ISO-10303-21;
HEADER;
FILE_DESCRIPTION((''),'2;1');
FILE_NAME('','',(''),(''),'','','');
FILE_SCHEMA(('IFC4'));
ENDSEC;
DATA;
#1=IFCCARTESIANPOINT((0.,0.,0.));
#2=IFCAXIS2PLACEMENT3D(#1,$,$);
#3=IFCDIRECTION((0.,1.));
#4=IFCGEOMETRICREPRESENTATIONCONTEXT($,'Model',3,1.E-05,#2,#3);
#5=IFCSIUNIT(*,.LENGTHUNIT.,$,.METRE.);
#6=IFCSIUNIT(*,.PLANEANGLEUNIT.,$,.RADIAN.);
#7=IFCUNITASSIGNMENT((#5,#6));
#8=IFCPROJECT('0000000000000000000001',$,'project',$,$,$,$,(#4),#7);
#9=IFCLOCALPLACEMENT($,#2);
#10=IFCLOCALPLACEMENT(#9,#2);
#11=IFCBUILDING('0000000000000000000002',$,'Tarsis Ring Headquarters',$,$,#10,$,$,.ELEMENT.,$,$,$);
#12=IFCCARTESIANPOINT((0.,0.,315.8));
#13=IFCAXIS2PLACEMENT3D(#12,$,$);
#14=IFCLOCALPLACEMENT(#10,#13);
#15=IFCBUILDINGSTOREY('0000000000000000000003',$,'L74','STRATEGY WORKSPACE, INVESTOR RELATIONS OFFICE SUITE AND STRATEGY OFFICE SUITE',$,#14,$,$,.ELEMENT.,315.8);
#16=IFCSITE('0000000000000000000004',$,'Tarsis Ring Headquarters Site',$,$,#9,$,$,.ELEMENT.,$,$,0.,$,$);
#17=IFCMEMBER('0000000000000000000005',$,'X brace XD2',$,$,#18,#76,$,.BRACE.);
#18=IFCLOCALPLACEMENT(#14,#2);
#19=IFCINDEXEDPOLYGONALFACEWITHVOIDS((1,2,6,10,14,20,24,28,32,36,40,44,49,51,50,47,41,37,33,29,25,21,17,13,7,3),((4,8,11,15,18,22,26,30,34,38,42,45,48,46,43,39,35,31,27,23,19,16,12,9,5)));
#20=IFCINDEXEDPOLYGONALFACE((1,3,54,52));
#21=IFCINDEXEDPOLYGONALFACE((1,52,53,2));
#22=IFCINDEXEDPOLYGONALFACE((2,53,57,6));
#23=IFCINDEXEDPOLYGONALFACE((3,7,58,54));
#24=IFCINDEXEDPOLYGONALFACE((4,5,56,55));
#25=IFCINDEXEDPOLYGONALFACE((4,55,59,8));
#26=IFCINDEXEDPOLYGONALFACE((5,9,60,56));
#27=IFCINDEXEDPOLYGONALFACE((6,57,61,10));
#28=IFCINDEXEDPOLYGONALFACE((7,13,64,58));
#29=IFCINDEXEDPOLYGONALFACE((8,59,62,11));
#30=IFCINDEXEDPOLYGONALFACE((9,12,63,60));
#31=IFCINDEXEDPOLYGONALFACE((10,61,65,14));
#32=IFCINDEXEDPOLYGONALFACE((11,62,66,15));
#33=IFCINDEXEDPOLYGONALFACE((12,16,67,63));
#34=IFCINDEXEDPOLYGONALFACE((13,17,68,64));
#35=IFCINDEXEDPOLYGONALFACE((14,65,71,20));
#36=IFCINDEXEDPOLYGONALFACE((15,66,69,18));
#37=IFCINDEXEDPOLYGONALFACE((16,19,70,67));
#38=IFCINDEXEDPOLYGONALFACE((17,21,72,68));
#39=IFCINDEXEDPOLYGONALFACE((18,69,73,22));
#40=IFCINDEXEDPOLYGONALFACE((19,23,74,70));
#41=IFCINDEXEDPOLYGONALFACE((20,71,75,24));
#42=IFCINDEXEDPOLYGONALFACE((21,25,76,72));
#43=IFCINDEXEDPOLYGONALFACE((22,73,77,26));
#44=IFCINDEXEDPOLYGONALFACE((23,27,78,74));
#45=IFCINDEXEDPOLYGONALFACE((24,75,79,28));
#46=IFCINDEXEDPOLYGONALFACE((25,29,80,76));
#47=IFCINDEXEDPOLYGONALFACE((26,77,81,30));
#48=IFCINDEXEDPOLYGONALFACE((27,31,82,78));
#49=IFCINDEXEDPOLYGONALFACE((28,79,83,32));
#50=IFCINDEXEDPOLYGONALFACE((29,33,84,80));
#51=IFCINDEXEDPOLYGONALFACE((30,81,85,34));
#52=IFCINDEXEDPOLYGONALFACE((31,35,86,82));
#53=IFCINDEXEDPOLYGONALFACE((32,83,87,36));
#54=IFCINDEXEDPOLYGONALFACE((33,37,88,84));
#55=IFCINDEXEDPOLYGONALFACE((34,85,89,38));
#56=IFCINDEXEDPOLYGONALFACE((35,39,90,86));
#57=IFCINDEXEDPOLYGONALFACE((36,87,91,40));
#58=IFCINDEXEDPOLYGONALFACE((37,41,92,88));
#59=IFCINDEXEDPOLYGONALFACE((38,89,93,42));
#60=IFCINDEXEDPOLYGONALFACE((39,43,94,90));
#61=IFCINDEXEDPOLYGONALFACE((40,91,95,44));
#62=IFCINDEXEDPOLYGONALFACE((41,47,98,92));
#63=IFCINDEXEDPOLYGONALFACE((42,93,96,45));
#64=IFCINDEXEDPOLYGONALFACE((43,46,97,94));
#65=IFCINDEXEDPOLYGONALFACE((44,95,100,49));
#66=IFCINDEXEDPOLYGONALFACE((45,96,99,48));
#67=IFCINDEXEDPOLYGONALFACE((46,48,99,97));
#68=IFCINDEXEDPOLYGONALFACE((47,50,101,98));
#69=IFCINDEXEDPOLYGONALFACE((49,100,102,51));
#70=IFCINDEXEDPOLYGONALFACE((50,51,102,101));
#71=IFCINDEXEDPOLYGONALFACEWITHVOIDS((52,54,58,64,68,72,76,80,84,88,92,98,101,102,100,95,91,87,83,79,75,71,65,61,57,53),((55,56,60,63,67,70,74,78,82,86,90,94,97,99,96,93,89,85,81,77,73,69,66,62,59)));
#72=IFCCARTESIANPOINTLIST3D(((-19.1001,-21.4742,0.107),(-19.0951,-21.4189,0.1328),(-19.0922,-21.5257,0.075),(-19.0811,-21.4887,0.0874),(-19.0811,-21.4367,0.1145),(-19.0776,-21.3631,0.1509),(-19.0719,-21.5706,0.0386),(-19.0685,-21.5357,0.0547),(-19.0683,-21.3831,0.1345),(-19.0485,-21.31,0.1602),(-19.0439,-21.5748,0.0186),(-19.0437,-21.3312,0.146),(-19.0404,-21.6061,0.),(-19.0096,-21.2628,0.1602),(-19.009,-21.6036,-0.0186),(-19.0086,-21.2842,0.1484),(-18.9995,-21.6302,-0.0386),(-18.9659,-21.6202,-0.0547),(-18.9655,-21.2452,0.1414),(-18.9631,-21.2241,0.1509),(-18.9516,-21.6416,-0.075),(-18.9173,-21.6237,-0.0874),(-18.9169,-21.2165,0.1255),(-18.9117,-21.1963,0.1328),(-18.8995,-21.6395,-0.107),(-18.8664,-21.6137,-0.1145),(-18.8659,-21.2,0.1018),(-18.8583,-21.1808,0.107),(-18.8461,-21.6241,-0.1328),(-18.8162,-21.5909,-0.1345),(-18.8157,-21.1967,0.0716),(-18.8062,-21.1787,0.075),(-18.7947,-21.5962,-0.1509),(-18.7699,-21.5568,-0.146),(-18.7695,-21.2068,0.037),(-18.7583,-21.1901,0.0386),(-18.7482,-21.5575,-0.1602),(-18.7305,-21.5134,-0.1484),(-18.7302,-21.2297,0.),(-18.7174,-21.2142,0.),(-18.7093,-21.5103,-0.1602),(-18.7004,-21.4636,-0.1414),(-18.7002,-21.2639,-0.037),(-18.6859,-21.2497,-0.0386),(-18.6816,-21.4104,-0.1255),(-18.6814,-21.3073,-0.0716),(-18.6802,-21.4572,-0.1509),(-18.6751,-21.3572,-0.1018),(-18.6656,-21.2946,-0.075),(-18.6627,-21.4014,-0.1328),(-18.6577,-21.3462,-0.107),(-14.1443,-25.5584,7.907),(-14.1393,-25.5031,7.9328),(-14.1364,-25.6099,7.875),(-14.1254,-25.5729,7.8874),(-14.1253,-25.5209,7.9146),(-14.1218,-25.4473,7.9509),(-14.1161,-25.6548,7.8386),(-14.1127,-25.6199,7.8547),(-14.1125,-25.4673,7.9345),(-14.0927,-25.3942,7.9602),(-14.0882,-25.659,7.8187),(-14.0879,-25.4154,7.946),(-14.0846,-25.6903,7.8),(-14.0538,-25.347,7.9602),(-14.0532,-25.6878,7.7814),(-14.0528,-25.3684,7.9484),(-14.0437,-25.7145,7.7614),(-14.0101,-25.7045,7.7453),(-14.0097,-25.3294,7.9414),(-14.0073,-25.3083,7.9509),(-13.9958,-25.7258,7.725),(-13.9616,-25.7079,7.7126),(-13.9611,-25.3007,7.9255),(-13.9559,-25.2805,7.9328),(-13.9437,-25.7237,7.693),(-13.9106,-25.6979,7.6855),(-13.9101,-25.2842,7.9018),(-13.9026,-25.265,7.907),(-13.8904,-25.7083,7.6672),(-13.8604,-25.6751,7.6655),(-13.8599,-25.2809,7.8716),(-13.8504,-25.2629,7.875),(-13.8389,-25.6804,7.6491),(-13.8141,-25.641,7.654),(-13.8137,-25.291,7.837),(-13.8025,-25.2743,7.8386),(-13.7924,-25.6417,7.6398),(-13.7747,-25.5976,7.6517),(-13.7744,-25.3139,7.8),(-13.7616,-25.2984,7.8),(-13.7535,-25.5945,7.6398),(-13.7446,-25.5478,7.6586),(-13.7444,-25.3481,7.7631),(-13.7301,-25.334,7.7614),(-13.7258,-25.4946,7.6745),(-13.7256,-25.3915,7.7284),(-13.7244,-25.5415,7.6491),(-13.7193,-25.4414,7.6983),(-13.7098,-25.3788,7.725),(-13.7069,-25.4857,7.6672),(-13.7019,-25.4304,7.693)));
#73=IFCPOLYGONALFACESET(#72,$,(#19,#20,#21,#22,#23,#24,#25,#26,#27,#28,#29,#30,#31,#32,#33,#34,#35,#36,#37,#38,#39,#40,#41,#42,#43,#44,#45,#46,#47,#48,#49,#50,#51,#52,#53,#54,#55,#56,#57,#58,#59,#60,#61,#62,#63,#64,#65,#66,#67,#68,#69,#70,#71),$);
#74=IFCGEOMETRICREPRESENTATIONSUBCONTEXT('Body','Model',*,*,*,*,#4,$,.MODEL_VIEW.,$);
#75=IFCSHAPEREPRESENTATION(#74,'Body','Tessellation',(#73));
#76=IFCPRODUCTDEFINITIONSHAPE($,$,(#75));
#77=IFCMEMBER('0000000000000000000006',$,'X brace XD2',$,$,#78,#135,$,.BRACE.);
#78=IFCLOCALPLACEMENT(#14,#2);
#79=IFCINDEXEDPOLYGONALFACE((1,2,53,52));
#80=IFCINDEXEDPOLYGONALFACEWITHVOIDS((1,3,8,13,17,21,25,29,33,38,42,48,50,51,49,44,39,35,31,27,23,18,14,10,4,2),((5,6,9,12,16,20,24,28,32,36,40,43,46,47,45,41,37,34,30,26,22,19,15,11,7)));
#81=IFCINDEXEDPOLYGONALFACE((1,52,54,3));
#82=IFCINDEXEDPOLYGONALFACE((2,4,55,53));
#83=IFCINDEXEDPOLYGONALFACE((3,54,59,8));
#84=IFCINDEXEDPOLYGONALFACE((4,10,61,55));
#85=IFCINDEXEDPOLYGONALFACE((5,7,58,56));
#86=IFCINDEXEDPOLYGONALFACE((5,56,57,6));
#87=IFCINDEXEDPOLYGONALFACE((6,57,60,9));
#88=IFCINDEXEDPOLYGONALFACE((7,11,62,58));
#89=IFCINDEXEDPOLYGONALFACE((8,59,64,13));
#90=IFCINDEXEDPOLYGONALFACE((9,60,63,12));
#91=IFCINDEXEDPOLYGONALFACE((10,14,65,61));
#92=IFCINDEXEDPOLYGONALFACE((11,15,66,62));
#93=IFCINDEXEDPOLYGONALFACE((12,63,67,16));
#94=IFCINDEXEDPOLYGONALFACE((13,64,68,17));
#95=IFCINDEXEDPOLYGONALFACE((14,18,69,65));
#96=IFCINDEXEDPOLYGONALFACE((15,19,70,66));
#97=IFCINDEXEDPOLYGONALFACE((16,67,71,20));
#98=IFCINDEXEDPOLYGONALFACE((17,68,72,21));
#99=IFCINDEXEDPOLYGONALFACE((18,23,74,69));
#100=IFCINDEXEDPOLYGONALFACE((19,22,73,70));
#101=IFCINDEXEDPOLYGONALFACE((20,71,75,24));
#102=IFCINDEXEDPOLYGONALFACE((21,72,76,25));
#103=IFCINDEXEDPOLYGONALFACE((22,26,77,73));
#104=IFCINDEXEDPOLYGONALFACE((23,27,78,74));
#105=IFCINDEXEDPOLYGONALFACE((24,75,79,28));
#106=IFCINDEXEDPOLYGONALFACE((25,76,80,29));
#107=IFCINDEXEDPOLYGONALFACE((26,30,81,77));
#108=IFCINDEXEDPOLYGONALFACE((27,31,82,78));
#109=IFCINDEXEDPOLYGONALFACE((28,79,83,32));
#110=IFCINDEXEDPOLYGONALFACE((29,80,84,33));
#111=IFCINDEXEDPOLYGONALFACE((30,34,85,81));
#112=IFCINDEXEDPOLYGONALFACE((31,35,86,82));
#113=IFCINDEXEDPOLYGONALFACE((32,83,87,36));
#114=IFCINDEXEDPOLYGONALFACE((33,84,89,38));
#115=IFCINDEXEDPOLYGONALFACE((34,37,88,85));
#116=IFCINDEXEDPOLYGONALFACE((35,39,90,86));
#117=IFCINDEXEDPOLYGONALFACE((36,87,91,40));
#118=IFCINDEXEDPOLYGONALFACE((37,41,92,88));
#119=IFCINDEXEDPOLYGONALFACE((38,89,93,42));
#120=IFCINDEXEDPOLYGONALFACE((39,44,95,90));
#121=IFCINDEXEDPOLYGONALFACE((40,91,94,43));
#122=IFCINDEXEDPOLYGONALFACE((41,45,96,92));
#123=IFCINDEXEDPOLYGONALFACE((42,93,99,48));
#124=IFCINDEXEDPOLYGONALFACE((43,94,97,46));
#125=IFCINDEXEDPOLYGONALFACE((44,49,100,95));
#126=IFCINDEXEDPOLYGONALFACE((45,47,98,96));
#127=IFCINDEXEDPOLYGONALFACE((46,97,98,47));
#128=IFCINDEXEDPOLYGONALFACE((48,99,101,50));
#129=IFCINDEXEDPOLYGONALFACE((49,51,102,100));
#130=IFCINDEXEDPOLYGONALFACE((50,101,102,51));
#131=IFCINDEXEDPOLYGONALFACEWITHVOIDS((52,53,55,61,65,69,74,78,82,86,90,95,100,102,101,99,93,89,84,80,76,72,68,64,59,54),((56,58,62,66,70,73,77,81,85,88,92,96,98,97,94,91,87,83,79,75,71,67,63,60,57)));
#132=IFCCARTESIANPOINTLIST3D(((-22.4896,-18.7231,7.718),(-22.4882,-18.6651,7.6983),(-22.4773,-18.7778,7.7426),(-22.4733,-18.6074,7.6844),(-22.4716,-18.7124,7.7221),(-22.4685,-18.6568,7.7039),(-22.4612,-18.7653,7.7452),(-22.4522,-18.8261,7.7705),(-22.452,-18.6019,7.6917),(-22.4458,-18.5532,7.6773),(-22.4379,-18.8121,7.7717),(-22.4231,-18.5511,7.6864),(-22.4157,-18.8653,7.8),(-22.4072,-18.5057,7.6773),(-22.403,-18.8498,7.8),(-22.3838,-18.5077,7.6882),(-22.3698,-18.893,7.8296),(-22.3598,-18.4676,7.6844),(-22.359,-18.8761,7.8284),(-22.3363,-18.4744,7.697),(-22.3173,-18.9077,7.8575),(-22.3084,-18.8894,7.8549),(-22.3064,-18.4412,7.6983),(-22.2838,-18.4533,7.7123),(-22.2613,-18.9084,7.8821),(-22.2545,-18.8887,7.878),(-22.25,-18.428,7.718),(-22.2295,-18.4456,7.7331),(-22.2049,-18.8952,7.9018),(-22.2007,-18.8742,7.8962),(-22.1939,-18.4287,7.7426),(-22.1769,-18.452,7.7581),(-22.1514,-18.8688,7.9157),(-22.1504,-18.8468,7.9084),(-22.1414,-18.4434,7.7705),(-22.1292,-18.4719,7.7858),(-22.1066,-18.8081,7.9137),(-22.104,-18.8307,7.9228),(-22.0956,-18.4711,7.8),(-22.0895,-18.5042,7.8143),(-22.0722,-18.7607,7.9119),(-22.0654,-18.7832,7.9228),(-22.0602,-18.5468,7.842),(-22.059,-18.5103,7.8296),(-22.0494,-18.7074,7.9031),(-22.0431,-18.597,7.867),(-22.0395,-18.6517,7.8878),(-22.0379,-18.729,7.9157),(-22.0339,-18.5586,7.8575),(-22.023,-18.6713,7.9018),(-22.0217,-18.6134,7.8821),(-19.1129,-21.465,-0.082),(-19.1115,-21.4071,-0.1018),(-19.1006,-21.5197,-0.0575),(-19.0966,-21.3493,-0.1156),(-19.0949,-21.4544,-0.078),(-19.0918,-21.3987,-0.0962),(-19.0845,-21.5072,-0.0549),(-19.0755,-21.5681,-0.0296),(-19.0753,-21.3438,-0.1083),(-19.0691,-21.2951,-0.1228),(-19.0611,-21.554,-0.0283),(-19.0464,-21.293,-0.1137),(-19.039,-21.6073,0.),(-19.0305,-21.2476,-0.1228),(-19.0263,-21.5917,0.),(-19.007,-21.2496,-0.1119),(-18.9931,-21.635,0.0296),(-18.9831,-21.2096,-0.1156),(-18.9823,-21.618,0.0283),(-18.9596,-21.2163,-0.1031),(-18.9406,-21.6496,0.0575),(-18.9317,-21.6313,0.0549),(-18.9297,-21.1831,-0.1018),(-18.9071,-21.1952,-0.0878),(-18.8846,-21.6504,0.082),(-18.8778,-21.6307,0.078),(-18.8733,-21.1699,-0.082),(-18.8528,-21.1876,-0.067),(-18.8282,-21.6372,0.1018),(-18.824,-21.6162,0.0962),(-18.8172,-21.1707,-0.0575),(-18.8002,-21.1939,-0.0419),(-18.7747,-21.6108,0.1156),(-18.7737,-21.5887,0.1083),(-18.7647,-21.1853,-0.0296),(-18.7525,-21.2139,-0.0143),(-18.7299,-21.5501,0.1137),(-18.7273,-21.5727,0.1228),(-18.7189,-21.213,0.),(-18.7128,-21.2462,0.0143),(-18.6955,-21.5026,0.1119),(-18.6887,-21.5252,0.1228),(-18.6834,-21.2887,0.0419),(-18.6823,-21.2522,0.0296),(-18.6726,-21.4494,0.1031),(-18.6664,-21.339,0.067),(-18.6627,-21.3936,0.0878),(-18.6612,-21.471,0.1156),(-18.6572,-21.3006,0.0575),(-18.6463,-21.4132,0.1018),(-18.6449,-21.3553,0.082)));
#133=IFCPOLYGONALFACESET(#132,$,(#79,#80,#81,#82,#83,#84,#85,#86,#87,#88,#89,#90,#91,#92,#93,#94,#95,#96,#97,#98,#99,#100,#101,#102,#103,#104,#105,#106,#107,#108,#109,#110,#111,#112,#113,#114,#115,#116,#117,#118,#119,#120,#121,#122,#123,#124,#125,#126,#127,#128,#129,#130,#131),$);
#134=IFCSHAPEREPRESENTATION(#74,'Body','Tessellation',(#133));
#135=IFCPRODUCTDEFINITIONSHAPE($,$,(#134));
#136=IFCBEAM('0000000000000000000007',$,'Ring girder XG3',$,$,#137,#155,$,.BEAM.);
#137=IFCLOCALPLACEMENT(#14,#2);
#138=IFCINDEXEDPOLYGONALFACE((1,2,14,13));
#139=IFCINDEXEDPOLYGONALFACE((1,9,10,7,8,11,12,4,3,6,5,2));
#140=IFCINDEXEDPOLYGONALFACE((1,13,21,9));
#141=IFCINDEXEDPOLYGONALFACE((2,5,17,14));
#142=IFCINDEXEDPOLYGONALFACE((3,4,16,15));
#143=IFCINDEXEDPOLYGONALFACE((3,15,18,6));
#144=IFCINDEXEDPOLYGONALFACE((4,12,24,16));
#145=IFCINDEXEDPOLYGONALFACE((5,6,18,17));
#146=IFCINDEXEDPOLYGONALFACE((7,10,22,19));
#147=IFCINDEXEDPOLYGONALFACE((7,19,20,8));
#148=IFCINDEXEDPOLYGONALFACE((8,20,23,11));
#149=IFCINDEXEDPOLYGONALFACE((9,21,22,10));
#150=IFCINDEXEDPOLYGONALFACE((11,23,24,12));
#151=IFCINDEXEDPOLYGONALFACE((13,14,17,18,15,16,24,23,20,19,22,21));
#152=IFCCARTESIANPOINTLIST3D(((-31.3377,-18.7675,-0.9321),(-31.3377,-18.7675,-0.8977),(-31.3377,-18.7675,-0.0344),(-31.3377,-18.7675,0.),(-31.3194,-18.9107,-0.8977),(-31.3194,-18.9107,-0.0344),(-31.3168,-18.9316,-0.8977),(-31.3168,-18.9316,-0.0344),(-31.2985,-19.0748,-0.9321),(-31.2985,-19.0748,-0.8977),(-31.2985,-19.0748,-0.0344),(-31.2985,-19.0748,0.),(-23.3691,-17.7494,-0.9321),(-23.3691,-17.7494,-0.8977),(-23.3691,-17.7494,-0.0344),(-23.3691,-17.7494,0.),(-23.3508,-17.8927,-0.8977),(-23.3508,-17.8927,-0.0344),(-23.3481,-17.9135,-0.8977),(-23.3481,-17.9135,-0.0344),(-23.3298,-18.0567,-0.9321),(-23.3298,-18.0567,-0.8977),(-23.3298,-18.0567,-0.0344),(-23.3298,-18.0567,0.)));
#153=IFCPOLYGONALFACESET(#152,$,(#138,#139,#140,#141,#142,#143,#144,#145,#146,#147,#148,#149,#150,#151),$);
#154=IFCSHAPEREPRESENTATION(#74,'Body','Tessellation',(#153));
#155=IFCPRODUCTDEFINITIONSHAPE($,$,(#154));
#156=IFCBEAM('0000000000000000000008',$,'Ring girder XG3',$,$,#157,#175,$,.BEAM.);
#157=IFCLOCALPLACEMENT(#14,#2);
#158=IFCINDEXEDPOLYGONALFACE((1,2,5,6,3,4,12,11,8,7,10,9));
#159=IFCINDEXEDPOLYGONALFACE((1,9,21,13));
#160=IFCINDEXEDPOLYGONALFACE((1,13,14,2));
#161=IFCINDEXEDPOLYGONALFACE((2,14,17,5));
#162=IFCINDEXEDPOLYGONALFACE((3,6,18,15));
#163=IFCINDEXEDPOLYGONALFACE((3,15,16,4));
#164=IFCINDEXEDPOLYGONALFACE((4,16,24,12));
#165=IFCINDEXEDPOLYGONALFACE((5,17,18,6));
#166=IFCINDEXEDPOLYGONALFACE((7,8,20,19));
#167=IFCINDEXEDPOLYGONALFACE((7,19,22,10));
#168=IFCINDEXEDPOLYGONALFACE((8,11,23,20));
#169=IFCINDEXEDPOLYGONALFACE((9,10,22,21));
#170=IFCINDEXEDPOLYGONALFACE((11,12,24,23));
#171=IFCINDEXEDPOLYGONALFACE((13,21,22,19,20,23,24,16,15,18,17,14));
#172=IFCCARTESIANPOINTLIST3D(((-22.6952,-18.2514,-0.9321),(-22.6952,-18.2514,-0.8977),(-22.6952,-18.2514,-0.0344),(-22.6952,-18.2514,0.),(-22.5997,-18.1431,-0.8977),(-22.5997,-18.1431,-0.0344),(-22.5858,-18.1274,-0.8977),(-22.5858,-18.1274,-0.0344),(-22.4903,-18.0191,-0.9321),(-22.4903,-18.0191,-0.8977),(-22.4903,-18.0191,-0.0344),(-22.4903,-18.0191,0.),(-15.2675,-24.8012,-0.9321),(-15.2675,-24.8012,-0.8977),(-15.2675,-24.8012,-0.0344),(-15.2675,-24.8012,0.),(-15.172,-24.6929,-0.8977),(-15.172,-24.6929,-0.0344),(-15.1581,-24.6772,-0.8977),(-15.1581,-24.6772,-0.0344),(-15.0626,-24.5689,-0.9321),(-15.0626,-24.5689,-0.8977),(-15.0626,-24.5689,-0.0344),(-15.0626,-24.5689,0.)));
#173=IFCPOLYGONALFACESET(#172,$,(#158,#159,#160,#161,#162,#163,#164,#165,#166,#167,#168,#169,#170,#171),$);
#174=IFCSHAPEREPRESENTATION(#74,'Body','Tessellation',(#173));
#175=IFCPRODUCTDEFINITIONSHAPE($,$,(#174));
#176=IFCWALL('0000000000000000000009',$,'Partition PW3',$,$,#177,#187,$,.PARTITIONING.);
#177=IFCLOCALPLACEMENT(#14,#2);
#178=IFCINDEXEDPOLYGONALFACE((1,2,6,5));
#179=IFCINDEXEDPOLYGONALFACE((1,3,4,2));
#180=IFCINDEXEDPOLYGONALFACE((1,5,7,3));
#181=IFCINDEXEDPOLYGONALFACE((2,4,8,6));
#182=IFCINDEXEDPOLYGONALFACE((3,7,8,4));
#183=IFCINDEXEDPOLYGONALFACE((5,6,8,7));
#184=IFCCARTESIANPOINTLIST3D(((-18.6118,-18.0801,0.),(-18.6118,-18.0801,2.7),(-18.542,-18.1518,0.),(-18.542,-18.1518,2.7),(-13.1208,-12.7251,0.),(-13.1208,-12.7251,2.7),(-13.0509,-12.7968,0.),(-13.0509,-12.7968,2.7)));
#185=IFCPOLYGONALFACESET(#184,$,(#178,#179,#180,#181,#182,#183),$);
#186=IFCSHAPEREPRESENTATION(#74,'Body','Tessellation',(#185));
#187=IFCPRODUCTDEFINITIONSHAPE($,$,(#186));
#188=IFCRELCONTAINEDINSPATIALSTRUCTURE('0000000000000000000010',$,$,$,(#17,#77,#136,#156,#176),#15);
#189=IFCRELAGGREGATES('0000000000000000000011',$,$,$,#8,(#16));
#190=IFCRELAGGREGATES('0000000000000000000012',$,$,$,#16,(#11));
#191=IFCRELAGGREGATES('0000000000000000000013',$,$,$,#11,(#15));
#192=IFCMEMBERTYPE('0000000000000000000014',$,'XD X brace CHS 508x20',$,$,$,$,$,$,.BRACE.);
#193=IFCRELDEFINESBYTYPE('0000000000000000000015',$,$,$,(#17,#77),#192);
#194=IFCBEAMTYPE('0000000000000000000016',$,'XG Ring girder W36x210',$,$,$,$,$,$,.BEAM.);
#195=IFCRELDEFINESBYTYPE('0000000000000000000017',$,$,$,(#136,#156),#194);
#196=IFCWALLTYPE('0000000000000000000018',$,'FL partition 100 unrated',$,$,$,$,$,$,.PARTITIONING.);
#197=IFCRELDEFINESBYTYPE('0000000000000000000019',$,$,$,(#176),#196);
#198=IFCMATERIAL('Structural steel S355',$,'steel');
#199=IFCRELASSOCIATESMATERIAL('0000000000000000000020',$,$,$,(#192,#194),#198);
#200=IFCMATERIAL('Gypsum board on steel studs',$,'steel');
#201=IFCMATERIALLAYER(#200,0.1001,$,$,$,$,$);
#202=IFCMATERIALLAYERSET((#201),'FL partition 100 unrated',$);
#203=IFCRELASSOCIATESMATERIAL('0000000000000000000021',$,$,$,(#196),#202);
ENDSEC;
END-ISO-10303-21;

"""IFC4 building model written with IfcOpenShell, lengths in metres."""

from ifc_helpers import new_model, si_unit, direction, frame, frame_2d, origin, origin_2d, place, context, subcontext, project, spatial, rectangle, hollow_circle, i_section, extrude, material, layer, layer_set, material_profile, profile_set, type_object, element, save


model = new_model("IFC4")

# Units and contexts
model_context = context("Model", 3, precision=1e-05, world=origin(), true_north=direction((0.0, 1.0)))
body_context = subcontext(model_context, "Body", "Model", "MODEL_VIEW")
ifc_project = project(units=[si_unit("LENGTHUNIT", "METRE"), si_unit("PLANEANGLEUNIT", "RADIAN")], contexts=[model_context])

# Site, building, storey
site_placement = place(None, origin())
site = spatial("IfcSite", under=ifc_project, at=site_placement, Name="Tarsis Ring Headquarters Site", CompositionType="ELEMENT", RefElevation=0.0)
building_placement = place(site_placement, origin())
building = spatial("IfcBuilding", under=site, at=building_placement, Name="Tarsis Ring Headquarters", CompositionType="ELEMENT")
storey_placement = place(building_placement, frame((0.0, 0.0, 315.8)))
storey = spatial("IfcBuildingStorey", under=building, at=storey_placement, Name="L74", Description="STRATEGY WORKSPACE, INVESTOR RELATIONS OFFICE SUITE AND STRATEGY OFFICE SUITE", CompositionType="ELEMENT", Elevation=315.8)

# Shared definitions
ifc_material_1 = material(Name="Structural steel S355", Category="steel")

# Members
ifc_material_profile_1 = material_profile(ifc_material_1, hollow_circle(Radius=0.2539, WallThickness=0.02, at=origin_2d()), Name="CHS 508x20")
ifc_profile_set_1 = profile_set([ifc_material_profile_1], Name="Structural steel S355")
member_type = type_object("IfcMemberType", Name="XD X brace CHS 508x20", PredefinedType="BRACE", material=ifc_profile_set_1)
member_1_placement = place(storey_placement, frame((-18.8789, -21.4102, 0.0), z_axis=(0.490502, -0.404237, 0.772011), x_axis=(0.635983, 0.771703, 0.0)))
element("IfcMember", 1, at=member_1_placement, inside=storey, type_object=member_type, Name="X brace XD2", PredefinedType="BRACE", context=body_context, shape_type="SweptSolid", body=[
    extrude(hollow_circle(Radius=0.2539, WallThickness=0.02, at=origin_2d()), origin(), (0.0, 0.0, 1.0), 10.1035),
])
member_2_placement = place(storey_placement, frame((-18.8789, -21.4102, 0.0), z_axis=(-0.378092, 0.307017, 0.873377), x_axis=(-0.630367, -0.776298, 0.0)))
element("IfcMember", 2, at=member_2_placement, inside=storey, type_object=member_type, Name="X brace XD2", PredefinedType="BRACE", context=body_context, shape_type="SweptSolid", body=[
    extrude(hollow_circle(Radius=0.2539, WallThickness=0.02, at=origin_2d()), origin(), (0.0, 0.0, 1.0), 8.9309),
])

# Beams
ifc_material_profile_2 = material_profile(ifc_material_1, i_section(OverallWidth=0.3098, OverallDepth=0.9321, WebThickness=0.021, FlangeThickness=0.0344, at=origin_2d()), Name="W36x210")
ifc_profile_set_2 = profile_set([ifc_material_profile_2], Name="Structural steel S355")
beam_type = type_object("IfcBeamType", Name="XG Ring girder W36x210", PredefinedType="BEAM", material=ifc_profile_set_2)
beam_1_placement = place(storey_placement, frame((-31.3181, -18.9211, -0.4661), z_axis=(0.991938, 0.126727, 0.0), x_axis=(-0.126727, 0.991938, 0.0)))
element("IfcBeam", 3, at=beam_1_placement, inside=storey, type_object=beam_type, Name="Ring girder XG3", PredefinedType="BEAM", context=body_context, shape_type="SweptSolid", body=[
    extrude(i_section(OverallWidth=0.3098, OverallDepth=0.9321, WebThickness=0.021, FlangeThickness=0.0344, at=origin_2d()), origin(), (0.0, 0.0, 1.0), 8.0334),
])
beam_2_placement = place(storey_placement, frame((-22.5928, -18.1353, -0.4661), z_axis=(0.750042, -0.66139, 0.0), x_axis=(0.66139, 0.750042, 0.0)))
element("IfcBeam", 4, at=beam_2_placement, inside=storey, type_object=beam_type, Name="Ring girder XG3", PredefinedType="BEAM", context=body_context, shape_type="SweptSolid", body=[
    extrude(i_section(OverallWidth=0.3098, OverallDepth=0.9321, WebThickness=0.021, FlangeThickness=0.0344, at=origin_2d()), origin(), (0.0, 0.0, 1.0), 9.9031),
])

# Wall
ifc_material_2 = material(Name="Gypsum board on steel studs", Category="steel")
ifc_layer_1 = layer(ifc_material_2, 0.1001)
ifc_layer_set_1 = layer_set([ifc_layer_1], Name="FL partition 100 unrated")
wall_type_1 = type_object("IfcWallType", Name="FL partition 100 unrated", PredefinedType="PARTITIONING", material=ifc_layer_set_1)
wall_1_placement = place(storey_placement, frame((-18.5769, -18.116, 0.0), z_axis=(0.0, 0.0, 1.0), x_axis=(0.715916, 0.698186, 0.0)))
element("IfcWall", 5, at=wall_1_placement, inside=storey, type_object=wall_type_1, Name="Partition PW3", PredefinedType="PARTITIONING", context=body_context, shape_type="SweptSolid", body=[
    extrude(rectangle(XDim=7.6699, YDim=0.1001, at=frame_2d((3.835, 0.0))), origin(), (0.0, 0.0, 1.0), 2.7),
])

save(model, "model.ifc")
